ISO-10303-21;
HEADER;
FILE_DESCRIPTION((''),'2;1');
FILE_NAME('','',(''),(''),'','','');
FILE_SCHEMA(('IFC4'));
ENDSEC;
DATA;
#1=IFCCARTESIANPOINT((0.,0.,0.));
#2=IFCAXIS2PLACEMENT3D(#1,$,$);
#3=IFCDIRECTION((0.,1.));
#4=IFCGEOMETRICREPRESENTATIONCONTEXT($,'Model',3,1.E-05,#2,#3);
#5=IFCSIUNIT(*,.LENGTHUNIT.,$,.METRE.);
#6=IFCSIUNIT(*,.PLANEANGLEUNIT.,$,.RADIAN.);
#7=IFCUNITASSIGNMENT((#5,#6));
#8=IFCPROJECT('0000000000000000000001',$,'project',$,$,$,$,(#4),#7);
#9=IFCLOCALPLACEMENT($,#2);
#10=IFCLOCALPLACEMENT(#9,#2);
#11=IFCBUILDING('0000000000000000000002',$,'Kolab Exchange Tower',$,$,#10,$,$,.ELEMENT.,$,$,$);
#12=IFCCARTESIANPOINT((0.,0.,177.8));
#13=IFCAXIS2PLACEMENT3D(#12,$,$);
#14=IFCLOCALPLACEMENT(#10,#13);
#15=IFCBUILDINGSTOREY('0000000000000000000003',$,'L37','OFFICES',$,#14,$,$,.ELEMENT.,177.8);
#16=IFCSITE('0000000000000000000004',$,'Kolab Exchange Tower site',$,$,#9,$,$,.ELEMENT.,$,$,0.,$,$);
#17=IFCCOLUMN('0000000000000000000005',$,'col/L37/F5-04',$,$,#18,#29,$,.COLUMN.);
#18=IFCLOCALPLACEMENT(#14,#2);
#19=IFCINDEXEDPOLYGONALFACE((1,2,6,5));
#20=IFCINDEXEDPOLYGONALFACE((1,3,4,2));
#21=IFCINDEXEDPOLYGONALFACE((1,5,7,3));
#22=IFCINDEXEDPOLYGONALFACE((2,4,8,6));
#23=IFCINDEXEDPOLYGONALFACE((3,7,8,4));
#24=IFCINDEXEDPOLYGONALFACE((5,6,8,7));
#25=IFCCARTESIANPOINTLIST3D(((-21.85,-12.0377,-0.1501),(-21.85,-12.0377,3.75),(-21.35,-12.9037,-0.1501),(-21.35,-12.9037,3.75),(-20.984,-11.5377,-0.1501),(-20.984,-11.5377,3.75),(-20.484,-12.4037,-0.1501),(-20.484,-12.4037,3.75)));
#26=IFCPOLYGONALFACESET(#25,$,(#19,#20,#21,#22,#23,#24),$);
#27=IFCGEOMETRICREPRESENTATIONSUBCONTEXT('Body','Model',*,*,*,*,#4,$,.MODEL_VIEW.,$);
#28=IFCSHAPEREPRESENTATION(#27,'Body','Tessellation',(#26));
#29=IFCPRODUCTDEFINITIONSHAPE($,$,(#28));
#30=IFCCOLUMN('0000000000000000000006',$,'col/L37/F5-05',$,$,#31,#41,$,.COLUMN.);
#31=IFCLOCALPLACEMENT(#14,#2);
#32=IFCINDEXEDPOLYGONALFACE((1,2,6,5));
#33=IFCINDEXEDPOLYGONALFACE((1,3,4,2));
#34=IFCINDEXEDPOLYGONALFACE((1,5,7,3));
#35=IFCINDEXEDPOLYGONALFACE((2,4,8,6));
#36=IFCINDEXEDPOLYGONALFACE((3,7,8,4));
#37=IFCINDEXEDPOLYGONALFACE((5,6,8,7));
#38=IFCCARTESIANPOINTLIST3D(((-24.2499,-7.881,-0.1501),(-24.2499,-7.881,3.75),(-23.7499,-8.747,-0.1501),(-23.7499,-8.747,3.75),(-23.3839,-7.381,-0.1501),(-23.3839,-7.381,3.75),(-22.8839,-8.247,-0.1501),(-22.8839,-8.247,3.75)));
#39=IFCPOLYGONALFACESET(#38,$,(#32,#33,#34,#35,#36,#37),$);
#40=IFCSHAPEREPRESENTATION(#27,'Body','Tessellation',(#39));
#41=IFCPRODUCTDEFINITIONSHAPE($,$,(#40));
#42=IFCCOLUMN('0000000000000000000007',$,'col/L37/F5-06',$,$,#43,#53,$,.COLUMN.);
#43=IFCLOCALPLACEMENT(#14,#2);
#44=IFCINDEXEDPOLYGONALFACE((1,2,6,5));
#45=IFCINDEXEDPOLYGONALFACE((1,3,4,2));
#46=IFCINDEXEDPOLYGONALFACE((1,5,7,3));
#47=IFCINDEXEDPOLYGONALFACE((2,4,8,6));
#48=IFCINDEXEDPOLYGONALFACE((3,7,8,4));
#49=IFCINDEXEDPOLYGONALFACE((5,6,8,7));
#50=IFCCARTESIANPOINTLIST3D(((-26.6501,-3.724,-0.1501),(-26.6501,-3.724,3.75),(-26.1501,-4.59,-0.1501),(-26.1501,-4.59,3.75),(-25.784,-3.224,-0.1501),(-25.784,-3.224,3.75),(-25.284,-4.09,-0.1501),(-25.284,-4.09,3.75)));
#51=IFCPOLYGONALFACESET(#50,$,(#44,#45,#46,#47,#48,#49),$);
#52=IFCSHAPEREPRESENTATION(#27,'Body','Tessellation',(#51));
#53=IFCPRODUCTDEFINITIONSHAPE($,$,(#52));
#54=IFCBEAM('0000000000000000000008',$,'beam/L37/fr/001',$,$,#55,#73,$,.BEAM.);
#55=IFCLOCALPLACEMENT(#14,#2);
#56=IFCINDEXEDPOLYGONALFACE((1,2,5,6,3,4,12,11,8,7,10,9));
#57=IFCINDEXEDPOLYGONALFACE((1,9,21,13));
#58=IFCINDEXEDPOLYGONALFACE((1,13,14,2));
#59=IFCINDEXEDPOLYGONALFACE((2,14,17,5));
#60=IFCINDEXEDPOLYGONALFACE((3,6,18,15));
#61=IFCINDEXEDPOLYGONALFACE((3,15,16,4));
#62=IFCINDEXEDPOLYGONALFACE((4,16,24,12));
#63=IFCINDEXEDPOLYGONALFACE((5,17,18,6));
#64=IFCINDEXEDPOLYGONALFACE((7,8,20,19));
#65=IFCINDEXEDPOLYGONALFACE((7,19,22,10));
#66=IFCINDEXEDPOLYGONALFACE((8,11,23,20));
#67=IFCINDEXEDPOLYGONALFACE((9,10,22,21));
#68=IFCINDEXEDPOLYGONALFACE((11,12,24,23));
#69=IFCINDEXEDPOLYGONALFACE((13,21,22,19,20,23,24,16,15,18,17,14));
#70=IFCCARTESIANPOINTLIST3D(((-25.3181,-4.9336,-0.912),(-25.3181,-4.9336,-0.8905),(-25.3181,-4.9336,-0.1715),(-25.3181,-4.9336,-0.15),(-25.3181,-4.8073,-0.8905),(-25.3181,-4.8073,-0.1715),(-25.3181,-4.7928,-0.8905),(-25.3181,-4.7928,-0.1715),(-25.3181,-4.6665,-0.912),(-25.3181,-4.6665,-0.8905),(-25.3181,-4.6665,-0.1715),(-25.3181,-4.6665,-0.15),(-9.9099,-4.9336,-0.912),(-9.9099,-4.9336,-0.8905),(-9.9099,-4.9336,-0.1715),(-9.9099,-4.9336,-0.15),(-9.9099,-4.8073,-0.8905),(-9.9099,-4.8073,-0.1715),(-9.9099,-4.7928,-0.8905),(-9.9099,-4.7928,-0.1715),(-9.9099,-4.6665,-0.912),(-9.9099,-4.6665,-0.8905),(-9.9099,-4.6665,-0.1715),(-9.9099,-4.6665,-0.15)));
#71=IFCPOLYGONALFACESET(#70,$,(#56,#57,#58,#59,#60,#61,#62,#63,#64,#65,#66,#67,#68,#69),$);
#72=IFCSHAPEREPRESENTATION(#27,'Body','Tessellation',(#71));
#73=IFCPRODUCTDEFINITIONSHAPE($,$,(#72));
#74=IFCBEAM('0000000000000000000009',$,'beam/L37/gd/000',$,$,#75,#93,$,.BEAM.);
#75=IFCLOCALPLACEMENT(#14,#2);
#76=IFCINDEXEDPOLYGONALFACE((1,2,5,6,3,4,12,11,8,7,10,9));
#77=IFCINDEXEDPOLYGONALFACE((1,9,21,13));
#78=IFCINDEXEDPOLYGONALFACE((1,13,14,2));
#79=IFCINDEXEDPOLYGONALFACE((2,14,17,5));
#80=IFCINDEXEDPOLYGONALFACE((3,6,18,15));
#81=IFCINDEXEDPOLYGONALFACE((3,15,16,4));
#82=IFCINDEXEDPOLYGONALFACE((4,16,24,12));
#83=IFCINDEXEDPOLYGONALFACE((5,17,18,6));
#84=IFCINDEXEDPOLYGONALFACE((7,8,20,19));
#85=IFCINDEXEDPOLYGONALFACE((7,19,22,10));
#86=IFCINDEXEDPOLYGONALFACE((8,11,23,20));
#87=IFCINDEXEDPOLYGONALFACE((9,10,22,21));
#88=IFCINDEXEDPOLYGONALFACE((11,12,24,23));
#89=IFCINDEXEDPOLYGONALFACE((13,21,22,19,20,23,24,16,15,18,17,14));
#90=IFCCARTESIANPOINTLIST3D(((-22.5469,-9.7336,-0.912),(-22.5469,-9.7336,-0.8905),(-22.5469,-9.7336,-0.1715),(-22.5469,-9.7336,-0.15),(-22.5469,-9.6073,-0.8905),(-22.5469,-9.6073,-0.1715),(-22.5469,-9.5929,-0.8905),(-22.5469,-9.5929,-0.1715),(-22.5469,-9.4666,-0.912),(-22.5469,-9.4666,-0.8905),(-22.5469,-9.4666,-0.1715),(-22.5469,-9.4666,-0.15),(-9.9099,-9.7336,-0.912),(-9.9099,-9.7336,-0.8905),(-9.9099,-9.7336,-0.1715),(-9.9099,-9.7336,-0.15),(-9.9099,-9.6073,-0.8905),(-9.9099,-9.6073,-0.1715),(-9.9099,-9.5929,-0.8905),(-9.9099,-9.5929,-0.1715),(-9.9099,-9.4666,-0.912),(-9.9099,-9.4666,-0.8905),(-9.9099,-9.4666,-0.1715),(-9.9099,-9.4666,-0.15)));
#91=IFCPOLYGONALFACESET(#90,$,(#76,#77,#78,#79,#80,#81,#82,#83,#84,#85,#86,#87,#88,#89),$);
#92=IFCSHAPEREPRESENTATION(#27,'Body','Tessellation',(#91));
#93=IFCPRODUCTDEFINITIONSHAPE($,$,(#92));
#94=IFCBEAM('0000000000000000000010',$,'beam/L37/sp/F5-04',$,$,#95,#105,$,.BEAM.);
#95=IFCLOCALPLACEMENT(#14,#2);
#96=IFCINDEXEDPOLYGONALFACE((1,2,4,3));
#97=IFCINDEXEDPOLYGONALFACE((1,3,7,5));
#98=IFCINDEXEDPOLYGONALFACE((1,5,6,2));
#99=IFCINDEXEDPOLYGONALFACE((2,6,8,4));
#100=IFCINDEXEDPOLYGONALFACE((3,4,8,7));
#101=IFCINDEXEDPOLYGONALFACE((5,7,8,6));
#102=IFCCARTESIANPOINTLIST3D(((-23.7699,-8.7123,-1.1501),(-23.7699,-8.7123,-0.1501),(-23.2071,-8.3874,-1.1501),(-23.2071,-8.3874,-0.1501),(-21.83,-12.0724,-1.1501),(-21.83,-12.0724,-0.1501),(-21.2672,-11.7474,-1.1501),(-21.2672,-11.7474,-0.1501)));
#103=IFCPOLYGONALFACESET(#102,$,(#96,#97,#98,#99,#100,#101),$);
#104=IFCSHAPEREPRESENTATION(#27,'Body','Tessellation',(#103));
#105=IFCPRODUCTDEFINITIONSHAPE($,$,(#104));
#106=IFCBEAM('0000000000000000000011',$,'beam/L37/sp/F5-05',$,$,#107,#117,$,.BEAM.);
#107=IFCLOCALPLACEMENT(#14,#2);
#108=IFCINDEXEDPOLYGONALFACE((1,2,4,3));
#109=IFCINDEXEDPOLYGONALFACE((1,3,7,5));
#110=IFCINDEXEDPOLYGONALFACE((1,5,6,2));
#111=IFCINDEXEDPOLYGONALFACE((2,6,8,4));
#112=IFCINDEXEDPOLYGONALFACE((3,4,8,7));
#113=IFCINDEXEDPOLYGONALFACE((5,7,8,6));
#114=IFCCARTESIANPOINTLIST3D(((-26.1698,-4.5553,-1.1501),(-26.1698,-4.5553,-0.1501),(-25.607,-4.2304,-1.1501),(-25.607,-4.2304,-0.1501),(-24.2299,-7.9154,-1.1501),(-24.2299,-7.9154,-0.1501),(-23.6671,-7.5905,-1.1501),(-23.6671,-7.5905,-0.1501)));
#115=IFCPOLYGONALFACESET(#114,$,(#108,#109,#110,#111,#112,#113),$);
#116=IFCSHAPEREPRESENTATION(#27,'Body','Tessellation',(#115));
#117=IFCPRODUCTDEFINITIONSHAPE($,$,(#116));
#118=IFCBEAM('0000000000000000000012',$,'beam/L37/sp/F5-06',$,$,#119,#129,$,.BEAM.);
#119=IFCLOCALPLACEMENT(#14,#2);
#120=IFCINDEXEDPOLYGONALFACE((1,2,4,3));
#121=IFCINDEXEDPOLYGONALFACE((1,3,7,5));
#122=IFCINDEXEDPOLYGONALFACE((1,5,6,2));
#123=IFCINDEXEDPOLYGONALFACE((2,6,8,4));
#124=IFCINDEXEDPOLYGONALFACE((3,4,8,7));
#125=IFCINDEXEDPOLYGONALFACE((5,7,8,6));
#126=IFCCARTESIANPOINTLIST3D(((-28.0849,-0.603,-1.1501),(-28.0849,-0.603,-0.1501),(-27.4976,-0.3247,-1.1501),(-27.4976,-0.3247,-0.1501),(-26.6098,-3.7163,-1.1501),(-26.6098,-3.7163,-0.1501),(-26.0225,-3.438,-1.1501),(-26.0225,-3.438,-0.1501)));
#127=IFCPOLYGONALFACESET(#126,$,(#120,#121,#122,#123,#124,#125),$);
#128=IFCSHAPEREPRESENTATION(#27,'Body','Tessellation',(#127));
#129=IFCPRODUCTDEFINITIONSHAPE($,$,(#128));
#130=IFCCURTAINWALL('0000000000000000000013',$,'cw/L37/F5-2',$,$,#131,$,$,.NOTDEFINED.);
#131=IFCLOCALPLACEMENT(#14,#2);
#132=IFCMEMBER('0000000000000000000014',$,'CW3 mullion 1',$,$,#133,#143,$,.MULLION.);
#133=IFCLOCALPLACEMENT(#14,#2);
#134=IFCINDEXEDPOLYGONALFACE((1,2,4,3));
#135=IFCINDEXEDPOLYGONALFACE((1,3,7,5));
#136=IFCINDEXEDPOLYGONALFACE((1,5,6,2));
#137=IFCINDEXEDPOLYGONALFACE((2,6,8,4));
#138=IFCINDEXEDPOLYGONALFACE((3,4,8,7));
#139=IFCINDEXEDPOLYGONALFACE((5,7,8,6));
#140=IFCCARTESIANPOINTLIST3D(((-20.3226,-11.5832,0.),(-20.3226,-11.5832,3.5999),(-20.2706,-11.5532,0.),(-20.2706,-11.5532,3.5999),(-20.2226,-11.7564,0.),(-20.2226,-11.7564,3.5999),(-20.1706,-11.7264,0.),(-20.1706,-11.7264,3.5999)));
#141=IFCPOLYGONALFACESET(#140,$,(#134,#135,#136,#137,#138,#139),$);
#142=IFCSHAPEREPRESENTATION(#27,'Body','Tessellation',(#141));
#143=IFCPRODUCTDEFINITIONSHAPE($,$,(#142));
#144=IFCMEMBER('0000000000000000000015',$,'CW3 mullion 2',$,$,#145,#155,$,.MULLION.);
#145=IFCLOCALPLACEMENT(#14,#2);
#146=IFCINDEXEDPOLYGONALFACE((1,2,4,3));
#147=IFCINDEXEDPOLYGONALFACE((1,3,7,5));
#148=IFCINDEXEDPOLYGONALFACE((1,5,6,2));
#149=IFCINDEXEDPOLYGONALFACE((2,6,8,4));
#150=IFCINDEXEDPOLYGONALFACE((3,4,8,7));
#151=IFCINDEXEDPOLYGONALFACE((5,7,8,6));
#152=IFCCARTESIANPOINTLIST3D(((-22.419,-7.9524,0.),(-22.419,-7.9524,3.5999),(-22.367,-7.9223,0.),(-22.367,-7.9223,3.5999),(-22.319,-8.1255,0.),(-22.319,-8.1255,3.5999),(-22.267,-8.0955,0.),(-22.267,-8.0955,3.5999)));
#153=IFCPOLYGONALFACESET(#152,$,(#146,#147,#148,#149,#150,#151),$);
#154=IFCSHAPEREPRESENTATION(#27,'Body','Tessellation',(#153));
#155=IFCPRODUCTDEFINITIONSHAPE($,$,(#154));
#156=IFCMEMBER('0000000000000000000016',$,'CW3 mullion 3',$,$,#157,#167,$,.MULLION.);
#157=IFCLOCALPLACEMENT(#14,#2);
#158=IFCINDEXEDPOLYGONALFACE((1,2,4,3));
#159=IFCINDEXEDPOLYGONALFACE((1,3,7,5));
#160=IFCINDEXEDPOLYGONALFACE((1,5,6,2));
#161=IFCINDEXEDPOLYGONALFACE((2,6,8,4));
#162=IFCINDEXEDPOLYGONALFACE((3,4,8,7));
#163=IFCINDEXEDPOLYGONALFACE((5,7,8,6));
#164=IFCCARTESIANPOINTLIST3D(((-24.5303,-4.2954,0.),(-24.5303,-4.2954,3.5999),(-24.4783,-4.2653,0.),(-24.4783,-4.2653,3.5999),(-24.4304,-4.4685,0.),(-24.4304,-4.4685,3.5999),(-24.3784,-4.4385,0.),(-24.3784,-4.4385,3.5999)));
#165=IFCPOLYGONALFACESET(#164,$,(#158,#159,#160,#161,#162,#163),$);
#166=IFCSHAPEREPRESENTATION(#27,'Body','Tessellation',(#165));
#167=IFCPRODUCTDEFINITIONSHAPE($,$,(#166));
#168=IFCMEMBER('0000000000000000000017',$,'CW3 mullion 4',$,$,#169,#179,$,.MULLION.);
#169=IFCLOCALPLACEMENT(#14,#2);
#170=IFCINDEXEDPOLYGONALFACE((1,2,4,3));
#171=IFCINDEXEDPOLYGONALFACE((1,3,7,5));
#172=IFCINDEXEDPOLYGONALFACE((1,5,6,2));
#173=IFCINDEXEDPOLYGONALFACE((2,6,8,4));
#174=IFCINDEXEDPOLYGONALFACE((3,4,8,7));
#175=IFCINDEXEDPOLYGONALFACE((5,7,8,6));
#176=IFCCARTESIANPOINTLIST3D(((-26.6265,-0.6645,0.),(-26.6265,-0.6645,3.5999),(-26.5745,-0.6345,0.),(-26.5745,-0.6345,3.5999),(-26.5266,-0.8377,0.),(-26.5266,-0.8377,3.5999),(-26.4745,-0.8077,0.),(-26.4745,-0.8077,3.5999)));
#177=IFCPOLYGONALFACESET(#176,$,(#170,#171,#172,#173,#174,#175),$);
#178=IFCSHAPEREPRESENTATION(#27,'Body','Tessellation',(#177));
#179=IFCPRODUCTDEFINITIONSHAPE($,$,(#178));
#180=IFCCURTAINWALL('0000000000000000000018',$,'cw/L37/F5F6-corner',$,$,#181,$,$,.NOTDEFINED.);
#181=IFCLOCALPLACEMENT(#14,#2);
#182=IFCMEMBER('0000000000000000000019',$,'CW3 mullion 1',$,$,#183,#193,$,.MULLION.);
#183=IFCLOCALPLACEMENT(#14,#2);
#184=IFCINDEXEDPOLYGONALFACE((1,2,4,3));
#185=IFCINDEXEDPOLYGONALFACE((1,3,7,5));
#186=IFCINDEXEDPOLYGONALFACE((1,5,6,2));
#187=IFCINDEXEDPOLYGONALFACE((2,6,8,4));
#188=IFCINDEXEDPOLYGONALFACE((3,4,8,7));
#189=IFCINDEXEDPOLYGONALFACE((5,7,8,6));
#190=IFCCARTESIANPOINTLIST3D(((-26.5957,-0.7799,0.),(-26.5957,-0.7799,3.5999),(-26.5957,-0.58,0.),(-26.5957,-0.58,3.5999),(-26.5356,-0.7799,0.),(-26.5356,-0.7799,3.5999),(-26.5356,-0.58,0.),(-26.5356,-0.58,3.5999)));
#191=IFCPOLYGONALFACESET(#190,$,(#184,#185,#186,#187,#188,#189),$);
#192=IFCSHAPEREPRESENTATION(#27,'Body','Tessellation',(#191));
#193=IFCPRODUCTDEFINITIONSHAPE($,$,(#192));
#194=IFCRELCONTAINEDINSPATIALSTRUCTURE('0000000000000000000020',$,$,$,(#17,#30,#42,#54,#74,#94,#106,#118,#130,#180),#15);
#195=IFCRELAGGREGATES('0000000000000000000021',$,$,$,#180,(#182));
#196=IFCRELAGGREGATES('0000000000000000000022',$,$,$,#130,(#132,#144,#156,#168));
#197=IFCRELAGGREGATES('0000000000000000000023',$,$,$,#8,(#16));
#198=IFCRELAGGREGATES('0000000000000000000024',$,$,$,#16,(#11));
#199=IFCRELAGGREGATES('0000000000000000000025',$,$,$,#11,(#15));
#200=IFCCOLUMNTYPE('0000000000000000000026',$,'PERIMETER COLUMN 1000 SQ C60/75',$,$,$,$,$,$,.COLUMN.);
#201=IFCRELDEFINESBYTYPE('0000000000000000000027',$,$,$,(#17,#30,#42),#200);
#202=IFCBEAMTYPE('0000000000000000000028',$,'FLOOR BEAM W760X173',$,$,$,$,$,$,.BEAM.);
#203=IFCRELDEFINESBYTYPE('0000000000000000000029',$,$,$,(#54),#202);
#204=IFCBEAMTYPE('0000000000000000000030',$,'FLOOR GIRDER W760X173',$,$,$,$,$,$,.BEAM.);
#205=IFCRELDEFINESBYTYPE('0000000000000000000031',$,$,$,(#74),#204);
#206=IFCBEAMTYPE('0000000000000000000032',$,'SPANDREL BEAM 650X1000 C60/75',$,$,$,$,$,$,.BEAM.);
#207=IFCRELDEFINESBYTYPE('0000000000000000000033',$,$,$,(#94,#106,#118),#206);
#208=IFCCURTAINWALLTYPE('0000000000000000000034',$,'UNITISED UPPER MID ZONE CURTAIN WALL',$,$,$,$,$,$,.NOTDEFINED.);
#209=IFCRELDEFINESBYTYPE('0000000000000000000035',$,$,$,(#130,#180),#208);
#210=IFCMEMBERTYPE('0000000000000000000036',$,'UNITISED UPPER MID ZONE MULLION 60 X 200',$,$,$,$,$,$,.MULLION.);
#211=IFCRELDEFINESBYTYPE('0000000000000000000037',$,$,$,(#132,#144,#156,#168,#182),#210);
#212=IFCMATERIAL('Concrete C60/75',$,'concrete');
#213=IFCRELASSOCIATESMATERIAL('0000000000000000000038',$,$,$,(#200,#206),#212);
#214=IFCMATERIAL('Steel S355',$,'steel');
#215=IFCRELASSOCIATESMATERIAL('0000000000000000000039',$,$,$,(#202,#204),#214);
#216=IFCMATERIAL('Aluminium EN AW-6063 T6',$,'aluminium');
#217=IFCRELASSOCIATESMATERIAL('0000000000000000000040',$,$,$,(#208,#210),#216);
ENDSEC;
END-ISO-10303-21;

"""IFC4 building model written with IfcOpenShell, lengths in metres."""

from ifc_helpers import new_model, si_unit, direction, frame, origin, origin_2d, place, context, subcontext, project, spatial, rectangle, i_section, extrude, material, material_profile, profile_set, type_object, element, aggregate, save


model = new_model("IFC4")

# Units and contexts
model_context = context("Model", 3, precision=1e-05, world=origin(), true_north=direction((0.0, 1.0)))
body_context = subcontext(model_context, "Body", "Model", "MODEL_VIEW")
ifc_project = project(units=[si_unit("LENGTHUNIT", "METRE"), si_unit("PLANEANGLEUNIT", "RADIAN")], contexts=[model_context])

# Site, building, storey
site_placement = place(None, origin())
site = spatial("IfcSite", under=ifc_project, at=site_placement, Name="Kolab Exchange Tower site", CompositionType="ELEMENT", RefElevation=0.0)
building_placement = place(site_placement, origin())
building = spatial("IfcBuilding", under=site, at=building_placement, Name="Kolab Exchange Tower", CompositionType="ELEMENT")
storey_placement = place(building_placement, frame((0.0, 0.0, 177.8)))
storey = spatial("IfcBuildingStorey", under=building, at=storey_placement, Name="L37", Description="OFFICES", CompositionType="ELEMENT", Elevation=177.8)

# Columns
ifc_material_1 = material(Name="Concrete C60/75", Category="concrete")
ifc_material_profile_1 = material_profile(ifc_material_1, rectangle(XDim=1.0, YDim=1.0, at=origin_2d()), Name="RC1000")
ifc_profile_set_1 = profile_set([ifc_material_profile_1], Name="Concrete C60/75")
column_type = type_object("IfcColumnType", Name="PERIMETER COLUMN 1000 SQ C60/75", PredefinedType="COLUMN", material=ifc_profile_set_1)
for number, where, z_axis, x_axis, name in (
    (1, (-21.167, -12.2207, -0.1501), (0.0, 0.0, 1.0), (0.866025, 0.5, 0.0), "col/L37/F5-04"),
    (2, (-23.5669, -8.064, -0.1501), (0.0, 0.0, 1.0), (0.866025, 0.5, 0.0), "col/L37/F5-05"),
    (3, (-25.967, -3.907, -0.1501), (0.0, 0.0, 1.0), (0.866025, 0.5, 0.0), "col/L37/F5-06"),
):
    element("IfcColumn", number, at=place(storey_placement, frame(where, z_axis=z_axis, x_axis=x_axis)), inside=storey, type_object=column_type, Name=name, PredefinedType="COLUMN", context=body_context, shape_type="SweptSolid", body=[
        extrude(rectangle(XDim=1.0, YDim=1.0, at=origin_2d()), origin(), (0.0, 0.0, 1.0), 3.9001),
    ])

# Beams
ifc_material_2 = material(Name="Steel S355", Category="steel")
ifc_material_profile_2 = material_profile(ifc_material_2, i_section(OverallWidth=0.2671, OverallDepth=0.762, WebThickness=0.0144, FlangeThickness=0.0215, at=origin_2d()), Name="W760X173")
ifc_profile_set_2 = profile_set([ifc_material_profile_2], Name="Steel S355")
beam_type_1 = type_object("IfcBeamType", Name="FLOOR BEAM W760X173", PredefinedType="BEAM", material=ifc_profile_set_2)
beam_1_placement = place(storey_placement, frame((-25.3181, -4.8, -0.531), z_axis=(1.0, 0.0, 0.0), x_axis=(0.0, 1.0, 0.0)))
element("IfcBeam", 4, at=beam_1_placement, inside=storey, type_object=beam_type_1, Name="beam/L37/fr/001", PredefinedType="BEAM", context=body_context, shape_type="SweptSolid", body=[
    extrude(i_section(OverallWidth=0.2671, OverallDepth=0.762, WebThickness=0.0144, FlangeThickness=0.0215, at=origin_2d()), origin(), (0.0, 0.0, 1.0), 15.4082),
])
ifc_material_profile_3 = material_profile(ifc_material_2, i_section(OverallWidth=0.2671, OverallDepth=0.762, WebThickness=0.0144, FlangeThickness=0.0215, at=origin_2d()), Name="W760X173")
ifc_profile_set_3 = profile_set([ifc_material_profile_3], Name="Steel S355")
beam_type_2 = type_object("IfcBeamType", Name="FLOOR GIRDER W760X173", PredefinedType="BEAM", material=ifc_profile_set_3)
beam_2_placement = place(storey_placement, frame((-22.5469, -9.6001, -0.531), z_axis=(1.0, 0.0, 0.0), x_axis=(0.0, 1.0, 0.0)))
element("IfcBeam", 5, at=beam_2_placement, inside=storey, type_object=beam_type_2, Name="beam/L37/gd/000", PredefinedType="BEAM", context=body_context, shape_type="SweptSolid", body=[
    extrude(i_section(OverallWidth=0.2671, OverallDepth=0.762, WebThickness=0.0144, FlangeThickness=0.0215, at=origin_2d()), origin(), (0.0, 0.0, 1.0), 12.637),
])
ifc_material_profile_4 = material_profile(ifc_material_1, rectangle(XDim=0.6499, YDim=1.0, at=origin_2d()), Name="RC650X1000")
ifc_profile_set_4 = profile_set([ifc_material_profile_4], Name="Concrete C60/75")
beam_type_3 = type_object("IfcBeamType", Name="SPANDREL BEAM 650X1000 C60/75", PredefinedType="BEAM", material=ifc_profile_set_4)
for number, where, z_axis, x_axis, name in (
    (6, (-21.5486, -11.9099, -0.6501), (-0.499997, 0.866027, 0.0), (-0.866027, -0.499997, 0.0), "beam/L37/sp/F5-04"),
    (7, (-23.9485, -7.7529, -0.6501), (-0.499997, 0.866027, 0.0), (-0.866027, -0.499997, 0.0), "beam/L37/sp/F5-05"),
):
    element("IfcBeam", number, at=place(storey_placement, frame(where, z_axis=z_axis, x_axis=x_axis)), inside=storey, type_object=beam_type_3, Name=name, PredefinedType="BEAM", context=body_context, shape_type="SweptSolid", body=[
        extrude(rectangle(XDim=0.6499, YDim=1.0, at=origin_2d()), origin(), (0.0, 0.0, 1.0), 3.8799),
    ])
beam_3_placement = place(storey_placement, frame((-26.3162, -3.5771, -0.6501), z_axis=(-0.428178, 0.903695, 0.0), x_axis=(-0.903695, -0.428178, 0.0)))
element("IfcBeam", 8, at=beam_3_placement, inside=storey, type_object=beam_type_3, Name="beam/L37/sp/F5-06", PredefinedType="BEAM", context=body_context, shape_type="SweptSolid", body=[
    extrude(rectangle(XDim=0.6499, YDim=1.0, at=origin_2d()), origin(), (0.0, 0.0, 1.0), 3.4451),
])

# Curtain wall, members
ifc_material_3 = material(Name="Aluminium EN AW-6063 T6", Category="aluminium")
curtain_wall_type = type_object("IfcCurtainWallType", Name="UNITISED UPPER MID ZONE CURTAIN WALL", PredefinedType="NOTDEFINED", material=ifc_material_3)
curtain_wall_1_placement = place(storey_placement, origin())
curtain_wall_1 = element("IfcCurtainWall", 9, at=curtain_wall_1_placement, inside=storey, type_object=curtain_wall_type, Name="cw/L37/F5-2", PredefinedType="NOTDEFINED")
ifc_material_profile_5 = material_profile(ifc_material_3, rectangle(XDim=0.0601, YDim=0.2, at=origin_2d()), Name="RECT 60X200")
ifc_profile_set_5 = profile_set([ifc_material_profile_5], Name="Aluminium EN AW-6063 T6")
member_type_1 = type_object("IfcMemberType", Name="UNITISED UPPER MID ZONE MULLION 60 X 200", PredefinedType="MULLION", material=ifc_profile_set_5)
member_1_placement = place(storey_placement, frame((-20.2466, -11.6548, 0.0), z_axis=(0.0, 0.0, 1.0), x_axis=(-0.866025, -0.5, 0.0)))
member_1 = element("IfcMember", 10, at=member_1_placement, type_object=member_type_1, Name="CW3 mullion 1", PredefinedType="MULLION", context=body_context, shape_type="SweptSolid", body=[
    extrude(rectangle(XDim=0.0601, YDim=0.2, at=origin_2d()), origin(), (0.0, 0.0, 1.0), 3.5999),
])
member_2_placement = place(storey_placement, frame((-22.343, -8.0239, 0.0), z_axis=(0.0, 0.0, 1.0), x_axis=(-0.866025, -0.5, 0.0)))
member_2 = element("IfcMember", 11, at=member_2_placement, type_object=member_type_1, Name="CW3 mullion 2", PredefinedType="MULLION", context=body_context, shape_type="SweptSolid", body=[
    extrude(rectangle(XDim=0.0601, YDim=0.2, at=origin_2d()), origin(), (0.0, 0.0, 1.0), 3.5999),
])
member_3_placement = place(storey_placement, frame((-24.4543, -4.3669, 0.0), z_axis=(0.0, 0.0, 1.0), x_axis=(-0.866025, -0.5, 0.0)))
member_3 = element("IfcMember", 12, at=member_3_placement, type_object=member_type_1, Name="CW3 mullion 3", PredefinedType="MULLION", context=body_context, shape_type="SweptSolid", body=[
    extrude(rectangle(XDim=0.0601, YDim=0.2, at=origin_2d()), origin(), (0.0, 0.0, 1.0), 3.5999),
])
member_4_placement = place(storey_placement, frame((-26.5505, -0.7361, 0.0), z_axis=(0.0, 0.0, 1.0), x_axis=(-0.866025, -0.5, 0.0)))
member_4 = element("IfcMember", 13, at=member_4_placement, type_object=member_type_1, Name="CW3 mullion 4", PredefinedType="MULLION", context=body_context, shape_type="SweptSolid", body=[
    extrude(rectangle(XDim=0.0601, YDim=0.2, at=origin_2d()), origin(), (0.0, 0.0, 1.0), 3.5999),
])

# Curtain wall, member
curtain_wall_2_placement = place(storey_placement, origin())
curtain_wall_2 = element("IfcCurtainWall", 14, at=curtain_wall_2_placement, inside=storey, type_object=curtain_wall_type, Name="cw/L37/F5F6-corner", PredefinedType="NOTDEFINED")
member_5_placement = place(storey_placement, frame((-26.5657, -0.6799, 0.0), z_axis=(0.0, 0.0, 1.0), x_axis=(-1.0, 0.0, 0.0)))
member_5 = element("IfcMember", 15, at=member_5_placement, type_object=member_type_1, Name="CW3 mullion 1", PredefinedType="MULLION", context=body_context, shape_type="SweptSolid", body=[
    extrude(rectangle(XDim=0.0601, YDim=0.2, at=origin_2d()), origin(), (0.0, 0.0, 1.0), 3.5999),
])

aggregate(curtain_wall_2, [member_5])

aggregate(curtain_wall_1, [member_1, member_2, member_3, member_4])

save(model, "model.ifc")
